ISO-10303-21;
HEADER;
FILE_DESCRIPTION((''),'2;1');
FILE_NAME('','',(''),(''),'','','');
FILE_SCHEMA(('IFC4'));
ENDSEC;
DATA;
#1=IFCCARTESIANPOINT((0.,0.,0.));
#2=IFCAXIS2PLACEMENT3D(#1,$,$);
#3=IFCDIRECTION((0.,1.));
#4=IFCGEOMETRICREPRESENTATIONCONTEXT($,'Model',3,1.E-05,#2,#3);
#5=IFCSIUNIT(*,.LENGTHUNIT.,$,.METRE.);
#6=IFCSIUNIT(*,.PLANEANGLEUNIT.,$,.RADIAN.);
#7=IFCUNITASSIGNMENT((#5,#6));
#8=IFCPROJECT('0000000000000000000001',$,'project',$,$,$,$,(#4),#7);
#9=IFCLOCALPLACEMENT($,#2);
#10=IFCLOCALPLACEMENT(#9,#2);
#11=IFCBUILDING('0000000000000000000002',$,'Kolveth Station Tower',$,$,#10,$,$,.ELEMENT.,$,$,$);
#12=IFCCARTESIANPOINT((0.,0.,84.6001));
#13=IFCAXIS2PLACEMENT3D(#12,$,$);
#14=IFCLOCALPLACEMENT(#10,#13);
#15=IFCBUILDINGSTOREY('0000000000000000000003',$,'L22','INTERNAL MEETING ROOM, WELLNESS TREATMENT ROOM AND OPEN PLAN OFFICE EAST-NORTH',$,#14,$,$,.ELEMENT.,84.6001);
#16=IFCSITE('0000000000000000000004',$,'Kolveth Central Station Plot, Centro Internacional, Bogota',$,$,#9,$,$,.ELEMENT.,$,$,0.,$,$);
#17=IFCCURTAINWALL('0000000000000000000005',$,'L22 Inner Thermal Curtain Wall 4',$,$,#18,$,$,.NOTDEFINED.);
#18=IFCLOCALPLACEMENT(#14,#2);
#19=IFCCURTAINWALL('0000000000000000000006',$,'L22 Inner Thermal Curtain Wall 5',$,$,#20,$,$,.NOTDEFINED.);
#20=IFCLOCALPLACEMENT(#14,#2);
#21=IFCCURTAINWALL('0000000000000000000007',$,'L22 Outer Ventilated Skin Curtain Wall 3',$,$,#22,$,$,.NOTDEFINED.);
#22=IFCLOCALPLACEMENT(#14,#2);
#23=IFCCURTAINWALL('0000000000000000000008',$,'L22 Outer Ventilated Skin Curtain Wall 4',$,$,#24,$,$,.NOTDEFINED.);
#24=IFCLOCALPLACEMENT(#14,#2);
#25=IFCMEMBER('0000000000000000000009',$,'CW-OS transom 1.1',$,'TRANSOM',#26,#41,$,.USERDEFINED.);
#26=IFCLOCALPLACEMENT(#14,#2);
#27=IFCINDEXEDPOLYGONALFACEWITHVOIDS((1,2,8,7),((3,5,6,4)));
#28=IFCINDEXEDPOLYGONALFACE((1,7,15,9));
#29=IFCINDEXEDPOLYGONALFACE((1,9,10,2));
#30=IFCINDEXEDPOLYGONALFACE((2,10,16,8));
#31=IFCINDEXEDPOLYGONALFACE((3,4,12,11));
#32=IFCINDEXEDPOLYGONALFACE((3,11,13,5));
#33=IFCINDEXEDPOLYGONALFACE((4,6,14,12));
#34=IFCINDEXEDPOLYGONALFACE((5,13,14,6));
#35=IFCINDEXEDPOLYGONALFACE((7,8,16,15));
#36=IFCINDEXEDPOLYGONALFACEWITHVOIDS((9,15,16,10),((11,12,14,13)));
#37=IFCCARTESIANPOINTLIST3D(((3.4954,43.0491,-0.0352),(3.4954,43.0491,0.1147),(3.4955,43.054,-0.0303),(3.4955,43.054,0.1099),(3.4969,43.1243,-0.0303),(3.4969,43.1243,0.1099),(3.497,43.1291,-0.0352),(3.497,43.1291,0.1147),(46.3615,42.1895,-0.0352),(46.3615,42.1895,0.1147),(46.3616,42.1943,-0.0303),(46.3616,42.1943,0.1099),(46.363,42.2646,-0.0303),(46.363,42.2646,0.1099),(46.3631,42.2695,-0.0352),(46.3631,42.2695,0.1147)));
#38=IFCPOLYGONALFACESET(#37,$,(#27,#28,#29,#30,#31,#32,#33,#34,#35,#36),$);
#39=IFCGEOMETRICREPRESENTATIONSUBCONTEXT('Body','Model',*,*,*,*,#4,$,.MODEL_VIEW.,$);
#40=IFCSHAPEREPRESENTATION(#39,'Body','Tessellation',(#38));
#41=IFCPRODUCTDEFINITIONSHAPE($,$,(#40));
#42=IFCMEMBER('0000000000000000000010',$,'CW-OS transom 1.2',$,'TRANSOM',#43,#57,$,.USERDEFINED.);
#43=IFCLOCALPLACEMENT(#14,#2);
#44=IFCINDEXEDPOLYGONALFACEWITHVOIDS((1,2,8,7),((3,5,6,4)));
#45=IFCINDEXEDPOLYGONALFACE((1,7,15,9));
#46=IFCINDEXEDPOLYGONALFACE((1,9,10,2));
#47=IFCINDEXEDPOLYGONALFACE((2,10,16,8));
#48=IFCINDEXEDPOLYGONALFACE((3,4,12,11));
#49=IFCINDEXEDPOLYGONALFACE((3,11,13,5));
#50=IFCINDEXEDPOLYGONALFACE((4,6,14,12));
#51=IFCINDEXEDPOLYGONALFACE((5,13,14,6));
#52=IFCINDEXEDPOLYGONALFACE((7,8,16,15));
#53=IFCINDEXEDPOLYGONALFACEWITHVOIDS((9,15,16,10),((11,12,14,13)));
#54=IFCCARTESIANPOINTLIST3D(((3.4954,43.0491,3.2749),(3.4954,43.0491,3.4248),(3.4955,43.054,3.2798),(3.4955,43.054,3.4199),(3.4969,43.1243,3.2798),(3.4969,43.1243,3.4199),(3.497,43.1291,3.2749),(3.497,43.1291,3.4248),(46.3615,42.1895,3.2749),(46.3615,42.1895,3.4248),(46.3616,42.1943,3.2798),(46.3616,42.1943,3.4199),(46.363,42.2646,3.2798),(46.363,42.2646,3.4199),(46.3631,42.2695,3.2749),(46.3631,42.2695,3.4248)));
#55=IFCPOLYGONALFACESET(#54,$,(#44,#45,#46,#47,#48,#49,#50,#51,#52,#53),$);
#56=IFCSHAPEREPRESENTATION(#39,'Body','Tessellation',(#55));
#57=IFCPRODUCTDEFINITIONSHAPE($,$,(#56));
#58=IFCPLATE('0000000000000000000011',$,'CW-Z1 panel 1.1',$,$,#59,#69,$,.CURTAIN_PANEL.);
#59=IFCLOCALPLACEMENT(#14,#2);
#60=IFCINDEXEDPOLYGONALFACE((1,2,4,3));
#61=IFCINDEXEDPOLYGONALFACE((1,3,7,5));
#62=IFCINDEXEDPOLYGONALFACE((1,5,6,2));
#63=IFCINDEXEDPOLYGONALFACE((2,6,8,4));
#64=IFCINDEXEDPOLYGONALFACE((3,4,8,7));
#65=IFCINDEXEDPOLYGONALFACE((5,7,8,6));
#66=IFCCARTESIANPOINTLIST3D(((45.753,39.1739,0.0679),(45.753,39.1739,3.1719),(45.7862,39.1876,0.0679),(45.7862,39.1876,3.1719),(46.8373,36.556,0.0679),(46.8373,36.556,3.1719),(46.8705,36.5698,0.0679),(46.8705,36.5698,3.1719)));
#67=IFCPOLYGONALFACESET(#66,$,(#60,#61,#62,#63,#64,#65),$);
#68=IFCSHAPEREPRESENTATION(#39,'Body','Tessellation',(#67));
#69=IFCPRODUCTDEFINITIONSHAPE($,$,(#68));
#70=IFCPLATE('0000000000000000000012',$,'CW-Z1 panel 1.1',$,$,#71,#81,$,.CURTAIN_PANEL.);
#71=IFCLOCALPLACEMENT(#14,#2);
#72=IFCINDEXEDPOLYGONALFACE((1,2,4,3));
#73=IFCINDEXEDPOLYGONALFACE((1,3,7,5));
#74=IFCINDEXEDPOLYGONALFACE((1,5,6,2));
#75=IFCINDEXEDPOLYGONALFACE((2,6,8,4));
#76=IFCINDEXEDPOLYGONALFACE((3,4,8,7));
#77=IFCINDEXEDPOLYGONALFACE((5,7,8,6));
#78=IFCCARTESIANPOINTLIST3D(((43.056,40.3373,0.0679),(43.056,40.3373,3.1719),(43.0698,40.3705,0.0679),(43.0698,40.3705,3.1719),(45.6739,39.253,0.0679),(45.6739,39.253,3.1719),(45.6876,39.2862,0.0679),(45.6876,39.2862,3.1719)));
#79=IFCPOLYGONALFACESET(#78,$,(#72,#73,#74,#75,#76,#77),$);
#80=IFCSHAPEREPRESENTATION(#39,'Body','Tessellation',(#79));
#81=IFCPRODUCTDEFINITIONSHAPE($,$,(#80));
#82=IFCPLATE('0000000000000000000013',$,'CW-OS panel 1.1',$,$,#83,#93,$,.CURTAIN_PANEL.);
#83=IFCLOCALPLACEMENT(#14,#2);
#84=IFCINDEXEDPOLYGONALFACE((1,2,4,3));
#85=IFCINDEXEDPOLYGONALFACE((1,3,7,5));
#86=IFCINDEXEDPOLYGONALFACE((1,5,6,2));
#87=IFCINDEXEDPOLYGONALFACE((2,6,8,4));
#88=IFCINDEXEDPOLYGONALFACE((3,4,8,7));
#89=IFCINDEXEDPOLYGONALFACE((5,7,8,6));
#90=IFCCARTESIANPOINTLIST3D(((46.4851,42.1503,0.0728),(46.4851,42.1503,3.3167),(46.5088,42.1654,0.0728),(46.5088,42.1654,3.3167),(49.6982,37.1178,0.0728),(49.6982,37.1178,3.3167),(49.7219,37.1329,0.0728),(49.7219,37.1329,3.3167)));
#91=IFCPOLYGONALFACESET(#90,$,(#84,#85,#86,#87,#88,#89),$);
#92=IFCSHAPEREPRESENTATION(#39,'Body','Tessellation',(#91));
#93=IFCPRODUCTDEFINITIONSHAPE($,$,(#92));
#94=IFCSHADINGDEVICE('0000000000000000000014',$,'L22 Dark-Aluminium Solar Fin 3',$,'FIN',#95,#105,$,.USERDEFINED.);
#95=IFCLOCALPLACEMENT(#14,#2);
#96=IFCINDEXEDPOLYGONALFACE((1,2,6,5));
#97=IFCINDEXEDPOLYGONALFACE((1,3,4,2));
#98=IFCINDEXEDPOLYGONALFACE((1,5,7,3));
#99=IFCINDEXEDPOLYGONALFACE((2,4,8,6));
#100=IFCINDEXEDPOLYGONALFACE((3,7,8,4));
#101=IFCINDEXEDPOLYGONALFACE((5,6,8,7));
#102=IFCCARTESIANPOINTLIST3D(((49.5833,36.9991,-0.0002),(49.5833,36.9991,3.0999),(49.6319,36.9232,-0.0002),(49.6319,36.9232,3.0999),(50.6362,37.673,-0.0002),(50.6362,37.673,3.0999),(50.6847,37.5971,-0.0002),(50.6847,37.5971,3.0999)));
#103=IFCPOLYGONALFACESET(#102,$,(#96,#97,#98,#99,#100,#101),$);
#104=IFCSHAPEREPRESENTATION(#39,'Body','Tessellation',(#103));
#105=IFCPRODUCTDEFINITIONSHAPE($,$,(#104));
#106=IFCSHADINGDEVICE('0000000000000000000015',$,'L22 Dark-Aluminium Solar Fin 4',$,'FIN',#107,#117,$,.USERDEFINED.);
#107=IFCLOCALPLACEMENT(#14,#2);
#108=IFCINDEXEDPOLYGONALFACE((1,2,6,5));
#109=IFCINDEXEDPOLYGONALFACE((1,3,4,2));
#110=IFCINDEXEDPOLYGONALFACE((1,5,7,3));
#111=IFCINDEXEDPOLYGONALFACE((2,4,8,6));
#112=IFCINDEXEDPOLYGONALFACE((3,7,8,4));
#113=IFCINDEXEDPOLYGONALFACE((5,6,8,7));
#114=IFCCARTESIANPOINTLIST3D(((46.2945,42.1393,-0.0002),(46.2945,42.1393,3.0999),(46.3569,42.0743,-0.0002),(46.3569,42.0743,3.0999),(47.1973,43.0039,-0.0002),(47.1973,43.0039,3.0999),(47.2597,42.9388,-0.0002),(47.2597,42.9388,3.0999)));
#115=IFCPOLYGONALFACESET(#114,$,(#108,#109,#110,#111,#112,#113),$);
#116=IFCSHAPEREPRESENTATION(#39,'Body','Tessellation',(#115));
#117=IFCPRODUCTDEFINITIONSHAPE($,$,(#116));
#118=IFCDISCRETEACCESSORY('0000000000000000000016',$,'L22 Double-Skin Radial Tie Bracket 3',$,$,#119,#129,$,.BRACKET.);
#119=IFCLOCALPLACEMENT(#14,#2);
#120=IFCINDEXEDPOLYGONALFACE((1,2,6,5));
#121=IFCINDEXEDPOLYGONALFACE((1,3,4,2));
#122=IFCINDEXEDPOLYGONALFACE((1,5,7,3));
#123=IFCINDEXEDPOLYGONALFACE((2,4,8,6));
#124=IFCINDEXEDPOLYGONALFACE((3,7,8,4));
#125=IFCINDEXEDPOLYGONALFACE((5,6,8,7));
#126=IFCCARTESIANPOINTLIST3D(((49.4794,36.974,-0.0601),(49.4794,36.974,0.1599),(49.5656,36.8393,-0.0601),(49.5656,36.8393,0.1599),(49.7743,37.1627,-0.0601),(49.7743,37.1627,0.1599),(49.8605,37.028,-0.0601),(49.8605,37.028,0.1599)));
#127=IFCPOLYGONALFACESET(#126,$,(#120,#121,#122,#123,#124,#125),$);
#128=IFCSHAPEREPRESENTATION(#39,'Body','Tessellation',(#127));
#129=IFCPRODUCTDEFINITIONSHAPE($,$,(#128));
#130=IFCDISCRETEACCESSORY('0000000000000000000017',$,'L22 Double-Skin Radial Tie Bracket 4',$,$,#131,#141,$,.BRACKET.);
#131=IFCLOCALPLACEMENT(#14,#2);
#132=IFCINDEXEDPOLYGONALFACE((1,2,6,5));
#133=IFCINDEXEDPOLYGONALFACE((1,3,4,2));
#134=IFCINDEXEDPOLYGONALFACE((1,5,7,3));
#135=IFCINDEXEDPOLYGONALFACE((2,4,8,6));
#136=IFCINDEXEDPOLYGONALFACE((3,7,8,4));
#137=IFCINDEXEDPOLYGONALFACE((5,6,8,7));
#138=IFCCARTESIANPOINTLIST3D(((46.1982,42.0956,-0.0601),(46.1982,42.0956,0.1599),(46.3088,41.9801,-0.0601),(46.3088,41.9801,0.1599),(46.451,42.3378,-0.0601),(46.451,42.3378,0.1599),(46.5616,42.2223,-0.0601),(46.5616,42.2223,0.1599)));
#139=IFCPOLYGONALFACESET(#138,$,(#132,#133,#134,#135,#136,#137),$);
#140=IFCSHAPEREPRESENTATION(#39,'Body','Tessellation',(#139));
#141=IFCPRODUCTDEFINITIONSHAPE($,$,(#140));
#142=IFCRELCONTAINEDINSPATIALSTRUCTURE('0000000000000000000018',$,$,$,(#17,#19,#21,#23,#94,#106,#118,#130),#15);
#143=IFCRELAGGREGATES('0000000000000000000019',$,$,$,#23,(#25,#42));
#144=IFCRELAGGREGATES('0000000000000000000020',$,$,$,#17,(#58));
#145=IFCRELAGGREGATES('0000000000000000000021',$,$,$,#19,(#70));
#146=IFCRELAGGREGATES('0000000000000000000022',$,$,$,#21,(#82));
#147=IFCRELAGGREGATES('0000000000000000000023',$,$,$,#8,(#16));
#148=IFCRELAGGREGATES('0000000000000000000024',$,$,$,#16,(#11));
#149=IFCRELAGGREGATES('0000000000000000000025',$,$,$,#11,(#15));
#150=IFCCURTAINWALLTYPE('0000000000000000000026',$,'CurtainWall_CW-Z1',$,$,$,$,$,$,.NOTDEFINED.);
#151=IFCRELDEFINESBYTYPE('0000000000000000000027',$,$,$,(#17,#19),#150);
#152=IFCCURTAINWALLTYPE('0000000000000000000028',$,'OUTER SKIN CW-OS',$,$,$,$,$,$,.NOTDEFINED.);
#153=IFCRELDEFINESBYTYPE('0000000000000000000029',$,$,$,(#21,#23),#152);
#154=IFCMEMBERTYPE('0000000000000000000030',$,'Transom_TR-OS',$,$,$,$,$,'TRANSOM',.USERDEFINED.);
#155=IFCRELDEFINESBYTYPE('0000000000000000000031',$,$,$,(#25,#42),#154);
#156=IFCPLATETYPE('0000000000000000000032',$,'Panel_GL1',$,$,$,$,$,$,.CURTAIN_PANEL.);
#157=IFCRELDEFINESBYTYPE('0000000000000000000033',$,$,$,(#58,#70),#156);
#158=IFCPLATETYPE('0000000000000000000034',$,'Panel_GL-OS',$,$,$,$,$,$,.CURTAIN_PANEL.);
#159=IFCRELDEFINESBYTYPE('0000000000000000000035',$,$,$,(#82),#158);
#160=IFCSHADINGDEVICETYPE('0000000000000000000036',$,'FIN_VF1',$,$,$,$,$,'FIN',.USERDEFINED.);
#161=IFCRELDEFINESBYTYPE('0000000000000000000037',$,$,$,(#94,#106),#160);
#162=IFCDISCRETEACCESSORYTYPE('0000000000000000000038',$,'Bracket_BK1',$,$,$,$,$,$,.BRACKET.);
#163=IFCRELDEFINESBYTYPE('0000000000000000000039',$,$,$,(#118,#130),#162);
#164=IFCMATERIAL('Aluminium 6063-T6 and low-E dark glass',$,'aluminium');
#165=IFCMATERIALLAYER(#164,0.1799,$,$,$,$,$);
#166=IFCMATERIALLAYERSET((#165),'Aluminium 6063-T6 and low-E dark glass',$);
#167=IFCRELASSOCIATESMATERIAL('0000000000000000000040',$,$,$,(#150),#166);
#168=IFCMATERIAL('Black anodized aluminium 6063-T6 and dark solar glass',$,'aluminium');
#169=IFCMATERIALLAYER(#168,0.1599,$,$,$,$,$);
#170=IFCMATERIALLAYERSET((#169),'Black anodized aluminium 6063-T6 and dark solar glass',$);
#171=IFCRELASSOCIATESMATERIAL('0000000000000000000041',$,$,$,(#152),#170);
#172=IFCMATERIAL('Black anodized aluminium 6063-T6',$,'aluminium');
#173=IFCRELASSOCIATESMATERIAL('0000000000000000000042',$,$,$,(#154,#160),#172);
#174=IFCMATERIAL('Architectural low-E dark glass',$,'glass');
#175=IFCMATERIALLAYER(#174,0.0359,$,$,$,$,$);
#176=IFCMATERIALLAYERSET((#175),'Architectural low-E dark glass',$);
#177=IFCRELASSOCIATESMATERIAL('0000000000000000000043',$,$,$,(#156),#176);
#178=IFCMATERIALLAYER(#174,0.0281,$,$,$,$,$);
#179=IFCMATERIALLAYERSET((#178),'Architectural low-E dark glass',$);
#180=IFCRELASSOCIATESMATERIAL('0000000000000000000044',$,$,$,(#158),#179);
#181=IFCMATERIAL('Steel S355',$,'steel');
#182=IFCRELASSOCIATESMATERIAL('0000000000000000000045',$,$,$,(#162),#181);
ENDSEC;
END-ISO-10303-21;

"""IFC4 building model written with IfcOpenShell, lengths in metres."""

from ifc_helpers import new_model, si_unit, direction, frame, origin, origin_2d, place, context, subcontext, project, spatial, rectangle, hollow_rectangle, extrude, source, transform, mapped, material, layer, layer_set, material_profile, profile_set, type_object, element, aggregate, save


model = new_model("IFC4")

# Units and contexts
model_context = context("Model", 3, precision=1e-05, world=origin(), true_north=direction((0.0, 1.0)))
body_context = subcontext(model_context, "Body", "Model", "MODEL_VIEW")
ifc_project = project(units=[si_unit("LENGTHUNIT", "METRE"), si_unit("PLANEANGLEUNIT", "RADIAN")], contexts=[model_context])

# Site, building, storey
site_placement = place(None, origin())
site = spatial("IfcSite", under=ifc_project, at=site_placement, Name="Kolveth Central Station Plot, Centro Internacional, Bogota", CompositionType="ELEMENT", RefElevation=0.0)
building_placement = place(site_placement, origin())
building = spatial("IfcBuilding", under=site, at=building_placement, Name="Kolveth Station Tower", CompositionType="ELEMENT")
storey_placement = place(building_placement, frame((0.0, 0.0, 84.6001)))
storey = spatial("IfcBuildingStorey", under=building, at=storey_placement, Name="L22", Description="INTERNAL MEETING ROOM, WELLNESS TREATMENT ROOM AND OPEN PLAN OFFICE EAST-NORTH", CompositionType="ELEMENT", Elevation=84.6001)

# Shared definitions
ifc_material_1 = material(Name="Steel S355", Category="steel")

# Curtain walls
ifc_material_2 = material(Name="Aluminium 6063-T6 and low-E dark glass", Category="aluminium")
ifc_layer_1 = layer(ifc_material_2, 0.1799)
ifc_layer_set_1 = layer_set([ifc_layer_1], Name="Aluminium 6063-T6 and low-E dark glass")
curtain_wall_type_1 = type_object("IfcCurtainWallType", Name="CurtainWall_CW-Z1", PredefinedType="NOTDEFINED", material=ifc_layer_set_1)
curtain_wall_1_placement = place(storey_placement, origin())
curtain_wall_1 = element("IfcCurtainWall", 1, at=curtain_wall_1_placement, inside=storey, type_object=curtain_wall_type_1, Name="L22 Inner Thermal Curtain Wall 4", PredefinedType="NOTDEFINED")
ifc_material_3 = material(Name="Black anodized aluminium 6063-T6", Category="aluminium")
curtain_wall_2_placement = place(storey_placement, origin())
curtain_wall_2 = element("IfcCurtainWall", 2, at=curtain_wall_2_placement, inside=storey, type_object=curtain_wall_type_1, Name="L22 Inner Thermal Curtain Wall 5", PredefinedType="NOTDEFINED")

# Shared definitions
ifc_material_4 = material(Name="Black anodized aluminium 6063-T6 and dark solar glass", Category="aluminium")
ifc_layer_2 = layer(ifc_material_4, 0.1599)
ifc_layer_set_2 = layer_set([ifc_layer_2], Name="Black anodized aluminium 6063-T6 and dark solar glass")
curtain_wall_type_2 = type_object("IfcCurtainWallType", Name="OUTER SKIN CW-OS", PredefinedType="NOTDEFINED", material=ifc_layer_set_2)

# Curtain wall
curtain_wall_3_placement = place(storey_placement, origin())
curtain_wall_3 = element("IfcCurtainWall", 3, at=curtain_wall_3_placement, inside=storey, type_object=curtain_wall_type_2, Name="L22 Outer Ventilated Skin Curtain Wall 3", PredefinedType="NOTDEFINED")

# Curtain wall
curtain_wall_4_placement = place(storey_placement, origin())
curtain_wall_4 = element("IfcCurtainWall", 4, at=curtain_wall_4_placement, inside=storey, type_object=curtain_wall_type_2, Name="L22 Outer Ventilated Skin Curtain Wall 4", PredefinedType="NOTDEFINED")

# Members
ifc_material_profile_1 = material_profile(ifc_material_3, hollow_rectangle(XDim=0.0801, YDim=0.1499, WallThickness=0.0049, at=origin_2d()), Name="ALU-80x150x5")
ifc_profile_set_1 = profile_set([ifc_material_profile_1], Name="Black anodized aluminium 6063-T6")
member_type_1 = type_object("IfcMemberType", Name="Transom_TR-OS", ElementType="TRANSOM", PredefinedType="USERDEFINED", material=ifc_profile_set_1)
shared_shape_1 = source(origin(), body_context, "Body", "SweptSolid", [
    extrude(hollow_rectangle(XDim=0.0801, YDim=0.1499, WallThickness=0.0049, at=origin_2d()), origin(), (0.0, 0.0, 1.0), 42.8748),
])
member_1_placement = place(storey_placement, frame((46.3623, 42.2295, 0.0398), z_axis=(-0.999799, 0.02005, 0.0), x_axis=(-0.02005, -0.999799, 0.0)))
member_1 = element("IfcMember", 5, at=member_1_placement, type_object=member_type_1, Name="CW-OS transom 1.1", ObjectType="TRANSOM", PredefinedType="USERDEFINED", context=body_context, shape_type="MappedRepresentation", body=[
    mapped(shared_shape_1, transform((0.0, 0.0, 0.0), x_axis=(1.0, 0.0, 0.0), y_axis=(0.0, 1.0, 0.0), z_axis=(0.0, 0.0, 1.0), scale=1.0)),
])
member_2_placement = place(storey_placement, frame((46.3623, 42.2295, 3.3499), z_axis=(-0.999799, 0.02005, 0.0), x_axis=(-0.02005, -0.999799, 0.0)))
member_2 = element("IfcMember", 6, at=member_2_placement, type_object=member_type_1, Name="CW-OS transom 1.2", ObjectType="TRANSOM", PredefinedType="USERDEFINED", context=body_context, shape_type="MappedRepresentation", body=[
    mapped(shared_shape_1, transform((0.0, 0.0, 0.0), x_axis=(1.0, 0.0, 0.0), y_axis=(0.0, 1.0, 0.0), z_axis=(0.0, 0.0, 1.0), scale=1.0)),
])
aggregate(curtain_wall_4, [member_1, member_2])

# Plates
ifc_material_5 = material(Name="Architectural low-E dark glass", Category="glass")
ifc_layer_3 = layer(ifc_material_5, 0.0359)
ifc_layer_set_3 = layer_set([ifc_layer_3], Name="Architectural low-E dark glass")
plate_type_1 = type_object("IfcPlateType", Name="Panel_GL1", PredefinedType="CURTAIN_PANEL", material=ifc_layer_set_3)
shared_shape_2 = source(origin(), body_context, "Body", "SweptSolid", [
    extrude(rectangle(XDim=2.8335, YDim=0.0359, at=origin_2d()), origin(), (0.0, 0.0, 1.0), 3.104),
])
plate_1_placement = place(storey_placement, frame((46.3118, 37.8718, 0.0679), z_axis=(0.0, 0.0, 1.0), x_axis=(-0.382673, 0.923884, 0.0)))
plate_1 = element("IfcPlate", 7, at=plate_1_placement, type_object=plate_type_1, Name="CW-Z1 panel 1.1", PredefinedType="CURTAIN_PANEL", context=body_context, shape_type="MappedRepresentation", body=[
    mapped(shared_shape_2, transform((0.0, 0.0, 0.0), x_axis=(1.0, 0.0, 0.0), y_axis=(0.0, 1.0, 0.0), z_axis=(0.0, 0.0, 1.0), scale=1.0)),
])
aggregate(curtain_wall_1, [plate_1])
plate_2_placement = place(storey_placement, frame((44.3718, 39.8118, 0.0679), z_axis=(0.0, 0.0, 1.0), x_axis=(-0.923884, 0.382673, 0.0)))
plate_2 = element("IfcPlate", 8, at=plate_2_placement, type_object=plate_type_1, Name="CW-Z1 panel 1.1", PredefinedType="CURTAIN_PANEL", context=body_context, shape_type="MappedRepresentation", body=[
    mapped(shared_shape_2, transform((0.0, 0.0, 0.0), x_axis=(1.0, 0.0, 0.0), y_axis=(0.0, 1.0, 0.0), z_axis=(0.0, 0.0, 1.0), scale=1.0)),
])
aggregate(curtain_wall_2, [plate_2])
ifc_layer_4 = layer(ifc_material_5, 0.0281)
ifc_layer_set_4 = layer_set([ifc_layer_4], Name="Architectural low-E dark glass")
plate_type_2 = type_object("IfcPlateType", Name="Panel_GL-OS", PredefinedType="CURTAIN_PANEL", material=ifc_layer_set_4)
shared_shape_3 = source(origin(), body_context, "Body", "SweptSolid", [
    extrude(rectangle(XDim=5.9707, YDim=0.0281, at=origin_2d()), origin(), (0.0, 0.0, 1.0), 3.2439),
])
plate_3_placement = place(storey_placement, frame((48.1035, 39.6416, 0.0728), z_axis=(0.0, 0.0, 1.0), x_axis=(-0.538143, 0.842853, 0.0)))
plate_3 = element("IfcPlate", 9, at=plate_3_placement, type_object=plate_type_2, Name="CW-OS panel 1.1", PredefinedType="CURTAIN_PANEL", context=body_context, shape_type="MappedRepresentation", body=[
    mapped(shared_shape_3, transform((0.0, 0.0, 0.0), x_axis=(1.0, 0.0, 0.0), y_axis=(0.0, 1.0, 0.0), z_axis=(0.0, 0.0, 1.0), scale=1.0)),
])
aggregate(curtain_wall_3, [plate_3])

# Shading devices
shading_device_type = type_object("IfcShadingDeviceType", Name="FIN_VF1", ElementType="FIN", PredefinedType="USERDEFINED", material=ifc_material_3)
shared_shape_4 = source(origin(), body_context, "Body", "SweptSolid", [
    extrude(rectangle(XDim=1.25, YDim=0.0901, at=origin_2d()), origin(), (0.0, 0.0, 1.0), 3.1001),
])
for number, where, z_axis, x_axis, name in (
    (10, (50.134, 37.2981, -0.0002), (0.0, 0.0, 1.0), (0.842264, 0.539065, 0.0), "L22 Dark-Aluminium Solar Fin 3"),
    (11, (46.7771, 42.5391, -0.0002), (0.0, 0.0, 1.0), (0.722243, 0.691639, 0.0), "L22 Dark-Aluminium Solar Fin 4"),
):
    element("IfcShadingDevice", number, at=place(storey_placement, frame(where, z_axis=z_axis, x_axis=x_axis)), inside=storey, type_object=shading_device_type, Name=name, ObjectType="FIN", PredefinedType="USERDEFINED", context=body_context, shape_type="MappedRepresentation", body=[
        mapped(shared_shape_4, transform((0.0, 0.0, 0.0), x_axis=(1.0, 0.0, 0.0), y_axis=(0.0, 1.0, 0.0), z_axis=(0.0, 0.0, 1.0), scale=1.0)),
    ])

# Discrete accessories
discrete_accessory_type = type_object("IfcDiscreteAccessoryType", Name="Bracket_BK1", PredefinedType="BRACKET", material=ifc_material_1)
shared_shape_5 = source(origin(), body_context, "Body", "SweptSolid", [
    extrude(rectangle(XDim=0.3501, YDim=0.1599, at=origin_2d()), origin(), (0.0, 0.0, 1.0), 0.22),
])
for number, where, z_axis, x_axis, name in (
    (12, (49.6699, 37.001, -0.0601), (0.0, 0.0, 1.0), (0.842264, 0.539065, 0.0), "L22 Double-Skin Radial Tie Bracket 3"),
    (13, (46.3799, 42.1589, -0.0601), (0.0, 0.0, 1.0), (0.722243, 0.691639, 0.0), "L22 Double-Skin Radial Tie Bracket 4"),
):
    element("IfcDiscreteAccessory", number, at=place(storey_placement, frame(where, z_axis=z_axis, x_axis=x_axis)), inside=storey, type_object=discrete_accessory_type, Name=name, PredefinedType="BRACKET", context=body_context, shape_type="MappedRepresentation", body=[
        mapped(shared_shape_5, transform((0.0, 0.0, 0.0), x_axis=(1.0, 0.0, 0.0), y_axis=(0.0, 1.0, 0.0), z_axis=(0.0, 0.0, 1.0), scale=1.0)),
    ])

save(model, "model.ifc")
